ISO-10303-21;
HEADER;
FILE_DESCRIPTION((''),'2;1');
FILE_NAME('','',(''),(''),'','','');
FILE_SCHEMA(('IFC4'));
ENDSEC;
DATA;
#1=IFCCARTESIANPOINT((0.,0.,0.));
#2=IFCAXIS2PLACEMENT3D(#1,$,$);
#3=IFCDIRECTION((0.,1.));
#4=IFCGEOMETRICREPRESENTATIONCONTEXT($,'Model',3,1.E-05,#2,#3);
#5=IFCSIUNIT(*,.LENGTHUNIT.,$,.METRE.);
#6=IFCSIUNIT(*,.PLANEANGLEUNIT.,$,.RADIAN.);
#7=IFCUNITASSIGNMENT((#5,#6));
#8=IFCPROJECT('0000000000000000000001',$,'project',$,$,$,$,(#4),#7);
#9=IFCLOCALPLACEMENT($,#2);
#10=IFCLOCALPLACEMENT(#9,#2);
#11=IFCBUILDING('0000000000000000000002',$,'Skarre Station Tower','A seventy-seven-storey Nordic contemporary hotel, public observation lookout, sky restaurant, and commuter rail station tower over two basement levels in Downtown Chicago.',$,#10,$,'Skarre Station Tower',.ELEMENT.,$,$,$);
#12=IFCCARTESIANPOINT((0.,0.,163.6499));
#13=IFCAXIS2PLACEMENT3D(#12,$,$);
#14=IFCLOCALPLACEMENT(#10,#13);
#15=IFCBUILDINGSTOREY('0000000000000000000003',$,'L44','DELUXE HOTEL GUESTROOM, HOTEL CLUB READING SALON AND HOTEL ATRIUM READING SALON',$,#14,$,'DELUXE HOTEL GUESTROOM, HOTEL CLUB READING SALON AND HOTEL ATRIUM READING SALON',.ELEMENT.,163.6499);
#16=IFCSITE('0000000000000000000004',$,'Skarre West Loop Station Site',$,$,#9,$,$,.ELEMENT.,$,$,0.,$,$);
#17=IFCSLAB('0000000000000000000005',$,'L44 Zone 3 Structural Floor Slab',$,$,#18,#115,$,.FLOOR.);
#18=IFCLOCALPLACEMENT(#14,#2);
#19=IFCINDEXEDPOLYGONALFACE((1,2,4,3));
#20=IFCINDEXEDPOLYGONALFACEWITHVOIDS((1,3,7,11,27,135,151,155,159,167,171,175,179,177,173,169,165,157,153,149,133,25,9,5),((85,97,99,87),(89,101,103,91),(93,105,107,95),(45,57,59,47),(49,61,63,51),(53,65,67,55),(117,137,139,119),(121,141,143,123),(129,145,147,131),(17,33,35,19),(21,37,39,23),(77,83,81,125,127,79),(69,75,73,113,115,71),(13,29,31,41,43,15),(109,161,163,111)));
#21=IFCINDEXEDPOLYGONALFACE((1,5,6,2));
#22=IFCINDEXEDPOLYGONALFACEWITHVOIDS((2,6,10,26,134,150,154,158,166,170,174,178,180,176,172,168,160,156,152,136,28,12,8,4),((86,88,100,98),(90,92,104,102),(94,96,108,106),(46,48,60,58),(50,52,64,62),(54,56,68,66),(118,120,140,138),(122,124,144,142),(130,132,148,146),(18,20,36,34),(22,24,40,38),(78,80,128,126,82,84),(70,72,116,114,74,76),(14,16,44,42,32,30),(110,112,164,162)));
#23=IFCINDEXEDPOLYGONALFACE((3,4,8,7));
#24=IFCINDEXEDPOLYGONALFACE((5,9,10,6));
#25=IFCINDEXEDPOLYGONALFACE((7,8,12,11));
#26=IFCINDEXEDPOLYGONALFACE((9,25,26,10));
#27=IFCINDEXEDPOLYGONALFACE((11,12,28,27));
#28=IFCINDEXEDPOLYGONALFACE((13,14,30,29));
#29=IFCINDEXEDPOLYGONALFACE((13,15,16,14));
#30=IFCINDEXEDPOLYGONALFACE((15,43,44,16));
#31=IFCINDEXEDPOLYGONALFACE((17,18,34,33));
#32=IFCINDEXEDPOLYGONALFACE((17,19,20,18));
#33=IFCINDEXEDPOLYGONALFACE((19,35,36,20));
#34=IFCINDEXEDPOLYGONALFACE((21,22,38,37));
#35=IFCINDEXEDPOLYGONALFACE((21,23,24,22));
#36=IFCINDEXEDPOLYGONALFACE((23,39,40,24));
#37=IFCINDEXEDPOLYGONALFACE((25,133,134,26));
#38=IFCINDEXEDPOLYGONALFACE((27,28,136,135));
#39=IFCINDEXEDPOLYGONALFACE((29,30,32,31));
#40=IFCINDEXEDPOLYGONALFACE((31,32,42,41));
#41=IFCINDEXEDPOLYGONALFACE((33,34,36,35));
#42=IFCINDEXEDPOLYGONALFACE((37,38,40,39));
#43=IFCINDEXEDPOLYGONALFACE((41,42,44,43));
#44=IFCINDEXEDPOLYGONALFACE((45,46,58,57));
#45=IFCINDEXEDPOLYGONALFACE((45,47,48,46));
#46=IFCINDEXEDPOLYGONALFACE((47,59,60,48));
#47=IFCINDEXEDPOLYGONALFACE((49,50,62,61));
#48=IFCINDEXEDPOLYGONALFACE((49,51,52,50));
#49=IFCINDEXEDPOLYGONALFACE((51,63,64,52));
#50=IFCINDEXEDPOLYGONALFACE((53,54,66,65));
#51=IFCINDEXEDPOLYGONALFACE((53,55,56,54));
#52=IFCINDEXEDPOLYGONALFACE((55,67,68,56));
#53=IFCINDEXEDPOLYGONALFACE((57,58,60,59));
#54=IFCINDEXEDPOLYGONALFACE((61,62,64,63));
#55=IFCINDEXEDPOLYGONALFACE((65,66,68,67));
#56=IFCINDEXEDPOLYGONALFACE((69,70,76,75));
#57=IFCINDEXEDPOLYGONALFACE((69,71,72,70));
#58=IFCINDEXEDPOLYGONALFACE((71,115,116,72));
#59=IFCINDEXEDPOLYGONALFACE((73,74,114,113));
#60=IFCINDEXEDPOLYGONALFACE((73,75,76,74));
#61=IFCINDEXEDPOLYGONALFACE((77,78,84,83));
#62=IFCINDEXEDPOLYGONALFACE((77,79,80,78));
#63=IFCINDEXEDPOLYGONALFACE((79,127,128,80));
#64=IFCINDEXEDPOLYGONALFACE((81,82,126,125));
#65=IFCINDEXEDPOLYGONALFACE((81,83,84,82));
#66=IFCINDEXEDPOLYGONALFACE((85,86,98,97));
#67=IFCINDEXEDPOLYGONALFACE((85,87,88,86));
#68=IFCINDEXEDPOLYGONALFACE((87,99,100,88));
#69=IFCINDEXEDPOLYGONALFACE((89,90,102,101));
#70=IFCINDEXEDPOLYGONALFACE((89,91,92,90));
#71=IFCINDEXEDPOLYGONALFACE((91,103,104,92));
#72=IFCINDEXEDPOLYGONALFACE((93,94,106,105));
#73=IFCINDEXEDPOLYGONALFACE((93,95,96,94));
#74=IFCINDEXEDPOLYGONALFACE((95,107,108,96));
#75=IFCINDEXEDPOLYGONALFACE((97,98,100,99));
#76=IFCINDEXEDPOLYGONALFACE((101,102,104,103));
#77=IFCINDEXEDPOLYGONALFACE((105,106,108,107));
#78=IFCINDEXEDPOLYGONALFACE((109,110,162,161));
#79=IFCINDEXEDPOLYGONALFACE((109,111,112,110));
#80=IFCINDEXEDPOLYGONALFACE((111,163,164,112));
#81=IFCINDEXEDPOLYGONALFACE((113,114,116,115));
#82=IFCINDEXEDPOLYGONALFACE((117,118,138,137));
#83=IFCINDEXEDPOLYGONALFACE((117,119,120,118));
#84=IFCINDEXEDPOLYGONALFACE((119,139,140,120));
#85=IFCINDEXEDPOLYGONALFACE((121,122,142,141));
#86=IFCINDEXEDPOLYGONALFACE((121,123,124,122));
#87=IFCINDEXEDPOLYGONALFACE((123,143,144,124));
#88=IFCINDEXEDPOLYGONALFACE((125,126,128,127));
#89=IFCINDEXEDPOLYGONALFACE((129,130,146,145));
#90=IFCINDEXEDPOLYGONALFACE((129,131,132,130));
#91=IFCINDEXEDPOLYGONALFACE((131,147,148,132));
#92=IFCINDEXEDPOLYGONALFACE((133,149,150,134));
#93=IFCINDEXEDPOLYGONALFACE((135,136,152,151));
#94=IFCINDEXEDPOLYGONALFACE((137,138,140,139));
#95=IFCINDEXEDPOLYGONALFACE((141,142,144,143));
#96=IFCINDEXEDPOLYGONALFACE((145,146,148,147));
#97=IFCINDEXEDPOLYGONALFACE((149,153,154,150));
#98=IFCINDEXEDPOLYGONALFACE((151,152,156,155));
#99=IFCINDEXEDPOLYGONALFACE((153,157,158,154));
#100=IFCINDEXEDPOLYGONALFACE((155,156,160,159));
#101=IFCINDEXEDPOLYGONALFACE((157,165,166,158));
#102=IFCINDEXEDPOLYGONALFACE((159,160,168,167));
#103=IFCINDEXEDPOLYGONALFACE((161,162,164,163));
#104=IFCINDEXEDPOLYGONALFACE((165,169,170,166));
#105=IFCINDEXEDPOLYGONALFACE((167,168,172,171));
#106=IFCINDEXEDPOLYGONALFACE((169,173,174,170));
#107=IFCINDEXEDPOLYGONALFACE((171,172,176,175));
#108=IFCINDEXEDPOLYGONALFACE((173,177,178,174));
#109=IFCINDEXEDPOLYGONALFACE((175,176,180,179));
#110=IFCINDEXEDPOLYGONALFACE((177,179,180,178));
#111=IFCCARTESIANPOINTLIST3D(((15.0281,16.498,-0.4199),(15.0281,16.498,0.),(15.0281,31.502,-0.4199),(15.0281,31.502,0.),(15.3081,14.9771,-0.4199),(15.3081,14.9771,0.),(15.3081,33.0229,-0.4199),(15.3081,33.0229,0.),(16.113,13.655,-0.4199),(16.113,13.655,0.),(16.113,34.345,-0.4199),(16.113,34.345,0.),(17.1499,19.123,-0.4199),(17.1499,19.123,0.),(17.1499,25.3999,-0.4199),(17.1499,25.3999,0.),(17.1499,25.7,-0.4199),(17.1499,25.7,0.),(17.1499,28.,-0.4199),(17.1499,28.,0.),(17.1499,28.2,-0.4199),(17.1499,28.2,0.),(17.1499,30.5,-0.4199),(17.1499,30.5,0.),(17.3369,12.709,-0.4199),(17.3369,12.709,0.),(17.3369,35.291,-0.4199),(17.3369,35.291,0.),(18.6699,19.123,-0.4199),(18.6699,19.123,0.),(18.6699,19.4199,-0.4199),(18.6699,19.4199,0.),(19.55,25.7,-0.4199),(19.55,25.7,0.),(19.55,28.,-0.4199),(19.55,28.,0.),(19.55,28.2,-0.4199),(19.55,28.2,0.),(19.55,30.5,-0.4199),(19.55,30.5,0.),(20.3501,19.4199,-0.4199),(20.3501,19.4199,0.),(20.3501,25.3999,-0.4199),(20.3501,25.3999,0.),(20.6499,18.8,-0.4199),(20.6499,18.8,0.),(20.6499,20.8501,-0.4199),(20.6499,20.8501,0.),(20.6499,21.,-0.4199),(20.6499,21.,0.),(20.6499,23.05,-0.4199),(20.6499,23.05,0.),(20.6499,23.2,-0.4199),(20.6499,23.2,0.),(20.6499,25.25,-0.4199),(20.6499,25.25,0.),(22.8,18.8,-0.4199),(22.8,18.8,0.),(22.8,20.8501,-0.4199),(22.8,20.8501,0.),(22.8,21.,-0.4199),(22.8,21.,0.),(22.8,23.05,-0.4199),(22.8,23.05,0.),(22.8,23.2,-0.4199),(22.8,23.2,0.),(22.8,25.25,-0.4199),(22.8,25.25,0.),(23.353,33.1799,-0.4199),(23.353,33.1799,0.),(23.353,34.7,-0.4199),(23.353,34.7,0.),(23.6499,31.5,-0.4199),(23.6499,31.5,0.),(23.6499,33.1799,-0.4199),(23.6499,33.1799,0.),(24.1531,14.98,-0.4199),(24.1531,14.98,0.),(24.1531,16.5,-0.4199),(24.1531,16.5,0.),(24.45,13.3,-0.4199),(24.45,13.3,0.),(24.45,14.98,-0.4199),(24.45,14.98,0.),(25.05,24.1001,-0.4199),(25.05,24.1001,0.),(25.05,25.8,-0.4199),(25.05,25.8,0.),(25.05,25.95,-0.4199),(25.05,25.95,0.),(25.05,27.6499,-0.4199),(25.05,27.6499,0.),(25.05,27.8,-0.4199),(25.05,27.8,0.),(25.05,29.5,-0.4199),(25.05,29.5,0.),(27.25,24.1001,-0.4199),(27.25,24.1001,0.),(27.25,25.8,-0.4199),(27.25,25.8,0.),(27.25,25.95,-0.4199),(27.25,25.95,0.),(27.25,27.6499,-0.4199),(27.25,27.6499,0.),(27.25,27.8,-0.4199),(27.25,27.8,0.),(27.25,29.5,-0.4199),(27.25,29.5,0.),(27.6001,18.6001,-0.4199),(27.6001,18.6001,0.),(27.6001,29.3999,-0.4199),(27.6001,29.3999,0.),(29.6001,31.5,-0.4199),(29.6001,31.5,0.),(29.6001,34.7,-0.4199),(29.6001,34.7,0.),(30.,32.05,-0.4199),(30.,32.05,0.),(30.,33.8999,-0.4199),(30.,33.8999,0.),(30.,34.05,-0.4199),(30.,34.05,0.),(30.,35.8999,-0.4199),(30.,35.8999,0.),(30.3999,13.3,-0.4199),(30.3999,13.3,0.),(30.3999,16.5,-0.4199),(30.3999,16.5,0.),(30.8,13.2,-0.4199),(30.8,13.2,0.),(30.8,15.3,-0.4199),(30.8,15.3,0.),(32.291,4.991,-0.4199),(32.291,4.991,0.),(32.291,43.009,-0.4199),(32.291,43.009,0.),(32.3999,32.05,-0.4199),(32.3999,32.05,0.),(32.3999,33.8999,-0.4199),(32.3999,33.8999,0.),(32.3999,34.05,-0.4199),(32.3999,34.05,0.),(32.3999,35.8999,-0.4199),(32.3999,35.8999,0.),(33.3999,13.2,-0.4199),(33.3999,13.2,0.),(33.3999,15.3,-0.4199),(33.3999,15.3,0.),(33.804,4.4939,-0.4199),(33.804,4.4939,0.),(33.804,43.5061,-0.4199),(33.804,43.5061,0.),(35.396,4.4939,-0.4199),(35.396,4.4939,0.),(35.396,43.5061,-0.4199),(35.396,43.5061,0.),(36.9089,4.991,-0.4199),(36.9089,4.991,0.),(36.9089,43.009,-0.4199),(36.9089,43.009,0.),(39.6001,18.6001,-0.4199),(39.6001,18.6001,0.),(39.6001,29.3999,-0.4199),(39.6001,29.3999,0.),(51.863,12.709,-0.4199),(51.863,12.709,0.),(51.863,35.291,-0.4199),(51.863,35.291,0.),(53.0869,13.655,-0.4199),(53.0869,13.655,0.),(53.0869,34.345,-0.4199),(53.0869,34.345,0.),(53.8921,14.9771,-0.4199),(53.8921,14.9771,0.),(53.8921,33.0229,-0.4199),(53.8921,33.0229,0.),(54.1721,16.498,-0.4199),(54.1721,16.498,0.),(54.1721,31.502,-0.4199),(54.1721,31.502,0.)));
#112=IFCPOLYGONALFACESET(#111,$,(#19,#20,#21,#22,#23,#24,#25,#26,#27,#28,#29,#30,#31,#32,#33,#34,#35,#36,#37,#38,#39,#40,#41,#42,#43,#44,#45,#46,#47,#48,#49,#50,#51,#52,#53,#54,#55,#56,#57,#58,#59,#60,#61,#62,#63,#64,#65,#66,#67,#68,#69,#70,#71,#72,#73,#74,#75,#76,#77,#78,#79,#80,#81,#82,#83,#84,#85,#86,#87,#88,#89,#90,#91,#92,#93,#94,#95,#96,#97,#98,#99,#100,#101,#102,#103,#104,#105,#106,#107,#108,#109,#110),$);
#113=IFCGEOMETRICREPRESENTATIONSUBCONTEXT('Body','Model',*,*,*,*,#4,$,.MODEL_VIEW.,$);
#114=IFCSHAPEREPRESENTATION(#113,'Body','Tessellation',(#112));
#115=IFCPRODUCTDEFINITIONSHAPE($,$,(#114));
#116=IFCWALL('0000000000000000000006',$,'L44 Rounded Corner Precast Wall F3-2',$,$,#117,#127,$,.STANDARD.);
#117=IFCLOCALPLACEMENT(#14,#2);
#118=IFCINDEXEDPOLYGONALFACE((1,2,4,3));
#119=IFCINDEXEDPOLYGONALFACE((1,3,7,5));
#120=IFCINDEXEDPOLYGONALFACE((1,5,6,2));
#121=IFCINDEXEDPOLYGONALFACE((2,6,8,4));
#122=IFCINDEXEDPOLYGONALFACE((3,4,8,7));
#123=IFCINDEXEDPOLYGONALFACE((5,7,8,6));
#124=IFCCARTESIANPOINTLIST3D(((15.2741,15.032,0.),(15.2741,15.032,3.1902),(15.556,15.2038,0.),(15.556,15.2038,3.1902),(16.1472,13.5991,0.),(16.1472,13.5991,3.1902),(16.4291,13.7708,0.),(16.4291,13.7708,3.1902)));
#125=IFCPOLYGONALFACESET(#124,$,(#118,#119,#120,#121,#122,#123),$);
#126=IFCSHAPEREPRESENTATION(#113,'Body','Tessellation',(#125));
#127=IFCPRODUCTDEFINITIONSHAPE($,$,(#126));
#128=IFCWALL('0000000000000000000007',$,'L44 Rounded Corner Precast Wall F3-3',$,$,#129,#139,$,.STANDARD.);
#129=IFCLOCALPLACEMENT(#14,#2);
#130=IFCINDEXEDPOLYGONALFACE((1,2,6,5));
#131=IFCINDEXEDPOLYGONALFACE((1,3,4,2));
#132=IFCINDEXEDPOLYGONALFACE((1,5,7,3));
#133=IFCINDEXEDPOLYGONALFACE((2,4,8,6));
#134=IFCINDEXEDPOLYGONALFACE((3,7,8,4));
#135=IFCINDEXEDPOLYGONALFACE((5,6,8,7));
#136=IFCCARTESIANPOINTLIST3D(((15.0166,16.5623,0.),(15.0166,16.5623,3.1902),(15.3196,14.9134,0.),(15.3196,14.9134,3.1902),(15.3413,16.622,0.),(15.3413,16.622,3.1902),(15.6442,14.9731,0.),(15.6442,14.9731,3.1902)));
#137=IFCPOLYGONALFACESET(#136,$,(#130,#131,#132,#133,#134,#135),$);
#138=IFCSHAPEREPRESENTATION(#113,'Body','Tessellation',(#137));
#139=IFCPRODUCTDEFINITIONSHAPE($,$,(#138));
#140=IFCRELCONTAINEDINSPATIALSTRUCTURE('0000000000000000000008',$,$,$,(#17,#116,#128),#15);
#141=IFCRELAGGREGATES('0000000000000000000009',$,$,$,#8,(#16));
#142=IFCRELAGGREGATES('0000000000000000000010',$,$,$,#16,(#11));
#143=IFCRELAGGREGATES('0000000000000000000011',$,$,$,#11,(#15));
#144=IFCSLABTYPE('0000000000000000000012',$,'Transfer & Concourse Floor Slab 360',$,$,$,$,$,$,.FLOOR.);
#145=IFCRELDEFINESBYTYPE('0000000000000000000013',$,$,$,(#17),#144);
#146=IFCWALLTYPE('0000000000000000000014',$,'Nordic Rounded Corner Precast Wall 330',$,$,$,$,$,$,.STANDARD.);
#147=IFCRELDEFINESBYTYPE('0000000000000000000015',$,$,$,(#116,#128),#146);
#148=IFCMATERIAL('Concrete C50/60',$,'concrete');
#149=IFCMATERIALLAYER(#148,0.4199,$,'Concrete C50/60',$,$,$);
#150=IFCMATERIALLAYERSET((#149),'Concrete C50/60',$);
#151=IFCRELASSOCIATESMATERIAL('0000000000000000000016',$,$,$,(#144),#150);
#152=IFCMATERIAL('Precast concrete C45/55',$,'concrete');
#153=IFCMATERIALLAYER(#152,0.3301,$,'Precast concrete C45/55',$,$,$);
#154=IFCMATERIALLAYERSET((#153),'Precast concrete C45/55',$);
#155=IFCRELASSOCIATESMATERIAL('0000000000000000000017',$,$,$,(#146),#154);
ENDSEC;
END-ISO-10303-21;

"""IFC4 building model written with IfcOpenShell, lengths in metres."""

from ifc_helpers import new_model, si_unit, direction, frame, frame_2d, origin, place, context, subcontext, project, spatial, polyline, rectangle, outline, extrude, material, layer, layer_set, type_object, element, save


model = new_model("IFC4")

# Units and contexts
model_context = context("Model", 3, precision=1e-05, world=origin(), true_north=direction((0.0, 1.0)))
body_context = subcontext(model_context, "Body", "Model", "MODEL_VIEW")
ifc_project = project(units=[si_unit("LENGTHUNIT", "METRE"), si_unit("PLANEANGLEUNIT", "RADIAN")], contexts=[model_context])

# Site, building, storey
site_placement = place(None, origin())
site = spatial("IfcSite", under=ifc_project, at=site_placement, Name="Skarre West Loop Station Site", CompositionType="ELEMENT", RefElevation=0.0)
building_placement = place(site_placement, origin())
building = spatial("IfcBuilding", under=site, at=building_placement, Name="Skarre Station Tower", Description="A seventy-seven-storey Nordic contemporary hotel, public observation lookout, sky restaurant, and commuter rail station tower over two basement levels in Downtown Chicago.", LongName="Skarre Station Tower", CompositionType="ELEMENT")
storey_placement = place(building_placement, frame((0.0, 0.0, 163.6499)))
storey = spatial("IfcBuildingStorey", under=building, at=storey_placement, Name="L44", Description="DELUXE HOTEL GUESTROOM, HOTEL CLUB READING SALON AND HOTEL ATRIUM READING SALON", LongName="DELUXE HOTEL GUESTROOM, HOTEL CLUB READING SALON AND HOTEL ATRIUM READING SALON", CompositionType="ELEMENT", Elevation=163.6499)

# Shared definitions
ifc_material_1 = material(Name="Concrete C50/60", Category="concrete")

# Slab
ifc_layer_1 = layer(ifc_material_1, 0.4199, Name="Concrete C50/60")
ifc_layer_set_1 = layer_set([ifc_layer_1], Name="Concrete C50/60")
slab_type_1 = type_object("IfcSlabType", Name="Transfer & Concourse Floor Slab 360", PredefinedType="FLOOR", material=ifc_layer_set_1)
slab_1_placement = place(storey_placement, frame((0.0, 0.0, -0.4199)))
element("IfcSlab", 1, at=slab_1_placement, inside=storey, type_object=slab_type_1, Name="L44 Zone 3 Structural Floor Slab", PredefinedType="FLOOR", context=body_context, shape_type="SweptSolid", body=[
    extrude(outline(polyline([(54.1721, 31.502), (53.8921, 33.0229), (53.0869, 34.345), (51.863, 35.291), (36.9089, 43.009), (35.396, 43.5061), (33.804, 43.5061), (32.291, 43.009), (17.3369, 35.291), (16.113, 34.345), (15.3081, 33.0229), (15.0281, 31.502), (15.0281, 16.498), (15.3081, 14.9771), (16.113, 13.655), (17.3369, 12.709), (32.291, 4.991), (33.804, 4.4939), (35.396, 4.4939), (36.9089, 4.991), (51.863, 12.709), (53.0869, 13.655), (53.8921, 14.9771), (54.1721, 16.498), (54.1721, 31.502)]), holes=[polyline([(18.6699, 19.4199), (18.6699, 19.123), (17.1499, 19.123), (17.1499, 25.3999), (20.3501, 25.3999), (20.3501, 19.4199), (18.6699, 19.4199)]), polyline([(24.45, 14.98), (24.1531, 14.98), (24.1531, 16.5), (30.3999, 16.5), (30.3999, 13.3), (24.45, 13.3), (24.45, 14.98)]), polyline([(23.6499, 33.1799), (23.353, 33.1799), (23.353, 34.7), (29.6001, 34.7), (29.6001, 31.5), (23.6499, 31.5), (23.6499, 33.1799)]), polyline([(17.1499, 28.0), (19.55, 28.0), (19.55, 25.7), (17.1499, 25.7), (17.1499, 28.0)]), polyline([(17.1499, 30.5), (19.55, 30.5), (19.55, 28.2), (17.1499, 28.2), (17.1499, 30.5)]), polyline([(30.8, 15.3), (33.3999, 15.3), (33.3999, 13.2), (30.8, 13.2), (30.8, 15.3)]), polyline([(25.05, 25.8), (27.25, 25.8), (27.25, 24.1001), (25.05, 24.1001), (25.05, 25.8)]), polyline([(25.05, 27.6499), (27.25, 27.6499), (27.25, 25.95), (25.05, 25.95), (25.05, 27.6499)]), polyline([(25.05, 29.5), (27.25, 29.5), (27.25, 27.8), (25.05, 27.8), (25.05, 29.5)]), polyline([(20.6499, 20.8501), (22.8, 20.8501), (22.8, 18.8), (20.6499, 18.8), (20.6499, 20.8501)]), polyline([(20.6499, 23.05), (22.8, 23.05), (22.8, 21.0), (20.6499, 21.0), (20.6499, 23.05)]), polyline([(20.6499, 25.25), (22.8, 25.25), (22.8, 23.2), (20.6499, 23.2), (20.6499, 25.25)]), polyline([(30.0, 33.8999), (32.3999, 33.8999), (32.3999, 32.05), (30.0, 32.05), (30.0, 33.8999)]), polyline([(30.0, 35.8999), (32.3999, 35.8999), (32.3999, 34.05), (30.0, 34.05), (30.0, 35.8999)]), polyline([(27.6001, 29.3999), (39.6001, 29.3999), (39.6001, 18.6001), (27.6001, 18.6001), (27.6001, 29.3999)])]), origin(), (0.0, 0.0, 1.0), 0.4199),
])

# Walls
ifc_material_2 = material(Name="Precast concrete C45/55", Category="concrete")
ifc_layer_2 = layer(ifc_material_2, 0.3301, Name="Precast concrete C45/55")
ifc_layer_set_2 = layer_set([ifc_layer_2], Name="Precast concrete C45/55")
wall_type_1 = type_object("IfcWallType", Name="Nordic Rounded Corner Precast Wall 330", PredefinedType="STANDARD", material=ifc_layer_set_2)
wall_1_placement = place(storey_placement, frame((16.2881, 13.6851, 0.0), z_axis=(0.0, 0.0, 1.0), x_axis=(-0.520325, 0.853968, 0.0)))
element("IfcWall", 2, at=wall_1_placement, inside=storey, type_object=wall_type_1, Name="L44 Rounded Corner Precast Wall F3-2", PredefinedType="STANDARD", context=body_context, shape_type="SweptSolid", body=[
    extrude(rectangle(XDim=1.678, YDim=0.3301, at=frame_2d((0.8389, 0.0))), origin(), (0.0, 0.0, 1.0), 3.1902),
])
wall_2_placement = place(storey_placement, frame((15.4819, 14.9431, 0.0), z_axis=(0.0, 0.0, 1.0), x_axis=(-0.180718, 0.983535, 0.0)))
element("IfcWall", 3, at=wall_2_placement, inside=storey, type_object=wall_type_1, Name="L44 Rounded Corner Precast Wall F3-3", PredefinedType="STANDARD", context=body_context, shape_type="SweptSolid", body=[
    extrude(rectangle(XDim=1.6765, YDim=0.3301, at=frame_2d((0.8384, 0.0))), origin(), (0.0, 0.0, 1.0), 3.1902),
])

save(model, "model.ifc")
